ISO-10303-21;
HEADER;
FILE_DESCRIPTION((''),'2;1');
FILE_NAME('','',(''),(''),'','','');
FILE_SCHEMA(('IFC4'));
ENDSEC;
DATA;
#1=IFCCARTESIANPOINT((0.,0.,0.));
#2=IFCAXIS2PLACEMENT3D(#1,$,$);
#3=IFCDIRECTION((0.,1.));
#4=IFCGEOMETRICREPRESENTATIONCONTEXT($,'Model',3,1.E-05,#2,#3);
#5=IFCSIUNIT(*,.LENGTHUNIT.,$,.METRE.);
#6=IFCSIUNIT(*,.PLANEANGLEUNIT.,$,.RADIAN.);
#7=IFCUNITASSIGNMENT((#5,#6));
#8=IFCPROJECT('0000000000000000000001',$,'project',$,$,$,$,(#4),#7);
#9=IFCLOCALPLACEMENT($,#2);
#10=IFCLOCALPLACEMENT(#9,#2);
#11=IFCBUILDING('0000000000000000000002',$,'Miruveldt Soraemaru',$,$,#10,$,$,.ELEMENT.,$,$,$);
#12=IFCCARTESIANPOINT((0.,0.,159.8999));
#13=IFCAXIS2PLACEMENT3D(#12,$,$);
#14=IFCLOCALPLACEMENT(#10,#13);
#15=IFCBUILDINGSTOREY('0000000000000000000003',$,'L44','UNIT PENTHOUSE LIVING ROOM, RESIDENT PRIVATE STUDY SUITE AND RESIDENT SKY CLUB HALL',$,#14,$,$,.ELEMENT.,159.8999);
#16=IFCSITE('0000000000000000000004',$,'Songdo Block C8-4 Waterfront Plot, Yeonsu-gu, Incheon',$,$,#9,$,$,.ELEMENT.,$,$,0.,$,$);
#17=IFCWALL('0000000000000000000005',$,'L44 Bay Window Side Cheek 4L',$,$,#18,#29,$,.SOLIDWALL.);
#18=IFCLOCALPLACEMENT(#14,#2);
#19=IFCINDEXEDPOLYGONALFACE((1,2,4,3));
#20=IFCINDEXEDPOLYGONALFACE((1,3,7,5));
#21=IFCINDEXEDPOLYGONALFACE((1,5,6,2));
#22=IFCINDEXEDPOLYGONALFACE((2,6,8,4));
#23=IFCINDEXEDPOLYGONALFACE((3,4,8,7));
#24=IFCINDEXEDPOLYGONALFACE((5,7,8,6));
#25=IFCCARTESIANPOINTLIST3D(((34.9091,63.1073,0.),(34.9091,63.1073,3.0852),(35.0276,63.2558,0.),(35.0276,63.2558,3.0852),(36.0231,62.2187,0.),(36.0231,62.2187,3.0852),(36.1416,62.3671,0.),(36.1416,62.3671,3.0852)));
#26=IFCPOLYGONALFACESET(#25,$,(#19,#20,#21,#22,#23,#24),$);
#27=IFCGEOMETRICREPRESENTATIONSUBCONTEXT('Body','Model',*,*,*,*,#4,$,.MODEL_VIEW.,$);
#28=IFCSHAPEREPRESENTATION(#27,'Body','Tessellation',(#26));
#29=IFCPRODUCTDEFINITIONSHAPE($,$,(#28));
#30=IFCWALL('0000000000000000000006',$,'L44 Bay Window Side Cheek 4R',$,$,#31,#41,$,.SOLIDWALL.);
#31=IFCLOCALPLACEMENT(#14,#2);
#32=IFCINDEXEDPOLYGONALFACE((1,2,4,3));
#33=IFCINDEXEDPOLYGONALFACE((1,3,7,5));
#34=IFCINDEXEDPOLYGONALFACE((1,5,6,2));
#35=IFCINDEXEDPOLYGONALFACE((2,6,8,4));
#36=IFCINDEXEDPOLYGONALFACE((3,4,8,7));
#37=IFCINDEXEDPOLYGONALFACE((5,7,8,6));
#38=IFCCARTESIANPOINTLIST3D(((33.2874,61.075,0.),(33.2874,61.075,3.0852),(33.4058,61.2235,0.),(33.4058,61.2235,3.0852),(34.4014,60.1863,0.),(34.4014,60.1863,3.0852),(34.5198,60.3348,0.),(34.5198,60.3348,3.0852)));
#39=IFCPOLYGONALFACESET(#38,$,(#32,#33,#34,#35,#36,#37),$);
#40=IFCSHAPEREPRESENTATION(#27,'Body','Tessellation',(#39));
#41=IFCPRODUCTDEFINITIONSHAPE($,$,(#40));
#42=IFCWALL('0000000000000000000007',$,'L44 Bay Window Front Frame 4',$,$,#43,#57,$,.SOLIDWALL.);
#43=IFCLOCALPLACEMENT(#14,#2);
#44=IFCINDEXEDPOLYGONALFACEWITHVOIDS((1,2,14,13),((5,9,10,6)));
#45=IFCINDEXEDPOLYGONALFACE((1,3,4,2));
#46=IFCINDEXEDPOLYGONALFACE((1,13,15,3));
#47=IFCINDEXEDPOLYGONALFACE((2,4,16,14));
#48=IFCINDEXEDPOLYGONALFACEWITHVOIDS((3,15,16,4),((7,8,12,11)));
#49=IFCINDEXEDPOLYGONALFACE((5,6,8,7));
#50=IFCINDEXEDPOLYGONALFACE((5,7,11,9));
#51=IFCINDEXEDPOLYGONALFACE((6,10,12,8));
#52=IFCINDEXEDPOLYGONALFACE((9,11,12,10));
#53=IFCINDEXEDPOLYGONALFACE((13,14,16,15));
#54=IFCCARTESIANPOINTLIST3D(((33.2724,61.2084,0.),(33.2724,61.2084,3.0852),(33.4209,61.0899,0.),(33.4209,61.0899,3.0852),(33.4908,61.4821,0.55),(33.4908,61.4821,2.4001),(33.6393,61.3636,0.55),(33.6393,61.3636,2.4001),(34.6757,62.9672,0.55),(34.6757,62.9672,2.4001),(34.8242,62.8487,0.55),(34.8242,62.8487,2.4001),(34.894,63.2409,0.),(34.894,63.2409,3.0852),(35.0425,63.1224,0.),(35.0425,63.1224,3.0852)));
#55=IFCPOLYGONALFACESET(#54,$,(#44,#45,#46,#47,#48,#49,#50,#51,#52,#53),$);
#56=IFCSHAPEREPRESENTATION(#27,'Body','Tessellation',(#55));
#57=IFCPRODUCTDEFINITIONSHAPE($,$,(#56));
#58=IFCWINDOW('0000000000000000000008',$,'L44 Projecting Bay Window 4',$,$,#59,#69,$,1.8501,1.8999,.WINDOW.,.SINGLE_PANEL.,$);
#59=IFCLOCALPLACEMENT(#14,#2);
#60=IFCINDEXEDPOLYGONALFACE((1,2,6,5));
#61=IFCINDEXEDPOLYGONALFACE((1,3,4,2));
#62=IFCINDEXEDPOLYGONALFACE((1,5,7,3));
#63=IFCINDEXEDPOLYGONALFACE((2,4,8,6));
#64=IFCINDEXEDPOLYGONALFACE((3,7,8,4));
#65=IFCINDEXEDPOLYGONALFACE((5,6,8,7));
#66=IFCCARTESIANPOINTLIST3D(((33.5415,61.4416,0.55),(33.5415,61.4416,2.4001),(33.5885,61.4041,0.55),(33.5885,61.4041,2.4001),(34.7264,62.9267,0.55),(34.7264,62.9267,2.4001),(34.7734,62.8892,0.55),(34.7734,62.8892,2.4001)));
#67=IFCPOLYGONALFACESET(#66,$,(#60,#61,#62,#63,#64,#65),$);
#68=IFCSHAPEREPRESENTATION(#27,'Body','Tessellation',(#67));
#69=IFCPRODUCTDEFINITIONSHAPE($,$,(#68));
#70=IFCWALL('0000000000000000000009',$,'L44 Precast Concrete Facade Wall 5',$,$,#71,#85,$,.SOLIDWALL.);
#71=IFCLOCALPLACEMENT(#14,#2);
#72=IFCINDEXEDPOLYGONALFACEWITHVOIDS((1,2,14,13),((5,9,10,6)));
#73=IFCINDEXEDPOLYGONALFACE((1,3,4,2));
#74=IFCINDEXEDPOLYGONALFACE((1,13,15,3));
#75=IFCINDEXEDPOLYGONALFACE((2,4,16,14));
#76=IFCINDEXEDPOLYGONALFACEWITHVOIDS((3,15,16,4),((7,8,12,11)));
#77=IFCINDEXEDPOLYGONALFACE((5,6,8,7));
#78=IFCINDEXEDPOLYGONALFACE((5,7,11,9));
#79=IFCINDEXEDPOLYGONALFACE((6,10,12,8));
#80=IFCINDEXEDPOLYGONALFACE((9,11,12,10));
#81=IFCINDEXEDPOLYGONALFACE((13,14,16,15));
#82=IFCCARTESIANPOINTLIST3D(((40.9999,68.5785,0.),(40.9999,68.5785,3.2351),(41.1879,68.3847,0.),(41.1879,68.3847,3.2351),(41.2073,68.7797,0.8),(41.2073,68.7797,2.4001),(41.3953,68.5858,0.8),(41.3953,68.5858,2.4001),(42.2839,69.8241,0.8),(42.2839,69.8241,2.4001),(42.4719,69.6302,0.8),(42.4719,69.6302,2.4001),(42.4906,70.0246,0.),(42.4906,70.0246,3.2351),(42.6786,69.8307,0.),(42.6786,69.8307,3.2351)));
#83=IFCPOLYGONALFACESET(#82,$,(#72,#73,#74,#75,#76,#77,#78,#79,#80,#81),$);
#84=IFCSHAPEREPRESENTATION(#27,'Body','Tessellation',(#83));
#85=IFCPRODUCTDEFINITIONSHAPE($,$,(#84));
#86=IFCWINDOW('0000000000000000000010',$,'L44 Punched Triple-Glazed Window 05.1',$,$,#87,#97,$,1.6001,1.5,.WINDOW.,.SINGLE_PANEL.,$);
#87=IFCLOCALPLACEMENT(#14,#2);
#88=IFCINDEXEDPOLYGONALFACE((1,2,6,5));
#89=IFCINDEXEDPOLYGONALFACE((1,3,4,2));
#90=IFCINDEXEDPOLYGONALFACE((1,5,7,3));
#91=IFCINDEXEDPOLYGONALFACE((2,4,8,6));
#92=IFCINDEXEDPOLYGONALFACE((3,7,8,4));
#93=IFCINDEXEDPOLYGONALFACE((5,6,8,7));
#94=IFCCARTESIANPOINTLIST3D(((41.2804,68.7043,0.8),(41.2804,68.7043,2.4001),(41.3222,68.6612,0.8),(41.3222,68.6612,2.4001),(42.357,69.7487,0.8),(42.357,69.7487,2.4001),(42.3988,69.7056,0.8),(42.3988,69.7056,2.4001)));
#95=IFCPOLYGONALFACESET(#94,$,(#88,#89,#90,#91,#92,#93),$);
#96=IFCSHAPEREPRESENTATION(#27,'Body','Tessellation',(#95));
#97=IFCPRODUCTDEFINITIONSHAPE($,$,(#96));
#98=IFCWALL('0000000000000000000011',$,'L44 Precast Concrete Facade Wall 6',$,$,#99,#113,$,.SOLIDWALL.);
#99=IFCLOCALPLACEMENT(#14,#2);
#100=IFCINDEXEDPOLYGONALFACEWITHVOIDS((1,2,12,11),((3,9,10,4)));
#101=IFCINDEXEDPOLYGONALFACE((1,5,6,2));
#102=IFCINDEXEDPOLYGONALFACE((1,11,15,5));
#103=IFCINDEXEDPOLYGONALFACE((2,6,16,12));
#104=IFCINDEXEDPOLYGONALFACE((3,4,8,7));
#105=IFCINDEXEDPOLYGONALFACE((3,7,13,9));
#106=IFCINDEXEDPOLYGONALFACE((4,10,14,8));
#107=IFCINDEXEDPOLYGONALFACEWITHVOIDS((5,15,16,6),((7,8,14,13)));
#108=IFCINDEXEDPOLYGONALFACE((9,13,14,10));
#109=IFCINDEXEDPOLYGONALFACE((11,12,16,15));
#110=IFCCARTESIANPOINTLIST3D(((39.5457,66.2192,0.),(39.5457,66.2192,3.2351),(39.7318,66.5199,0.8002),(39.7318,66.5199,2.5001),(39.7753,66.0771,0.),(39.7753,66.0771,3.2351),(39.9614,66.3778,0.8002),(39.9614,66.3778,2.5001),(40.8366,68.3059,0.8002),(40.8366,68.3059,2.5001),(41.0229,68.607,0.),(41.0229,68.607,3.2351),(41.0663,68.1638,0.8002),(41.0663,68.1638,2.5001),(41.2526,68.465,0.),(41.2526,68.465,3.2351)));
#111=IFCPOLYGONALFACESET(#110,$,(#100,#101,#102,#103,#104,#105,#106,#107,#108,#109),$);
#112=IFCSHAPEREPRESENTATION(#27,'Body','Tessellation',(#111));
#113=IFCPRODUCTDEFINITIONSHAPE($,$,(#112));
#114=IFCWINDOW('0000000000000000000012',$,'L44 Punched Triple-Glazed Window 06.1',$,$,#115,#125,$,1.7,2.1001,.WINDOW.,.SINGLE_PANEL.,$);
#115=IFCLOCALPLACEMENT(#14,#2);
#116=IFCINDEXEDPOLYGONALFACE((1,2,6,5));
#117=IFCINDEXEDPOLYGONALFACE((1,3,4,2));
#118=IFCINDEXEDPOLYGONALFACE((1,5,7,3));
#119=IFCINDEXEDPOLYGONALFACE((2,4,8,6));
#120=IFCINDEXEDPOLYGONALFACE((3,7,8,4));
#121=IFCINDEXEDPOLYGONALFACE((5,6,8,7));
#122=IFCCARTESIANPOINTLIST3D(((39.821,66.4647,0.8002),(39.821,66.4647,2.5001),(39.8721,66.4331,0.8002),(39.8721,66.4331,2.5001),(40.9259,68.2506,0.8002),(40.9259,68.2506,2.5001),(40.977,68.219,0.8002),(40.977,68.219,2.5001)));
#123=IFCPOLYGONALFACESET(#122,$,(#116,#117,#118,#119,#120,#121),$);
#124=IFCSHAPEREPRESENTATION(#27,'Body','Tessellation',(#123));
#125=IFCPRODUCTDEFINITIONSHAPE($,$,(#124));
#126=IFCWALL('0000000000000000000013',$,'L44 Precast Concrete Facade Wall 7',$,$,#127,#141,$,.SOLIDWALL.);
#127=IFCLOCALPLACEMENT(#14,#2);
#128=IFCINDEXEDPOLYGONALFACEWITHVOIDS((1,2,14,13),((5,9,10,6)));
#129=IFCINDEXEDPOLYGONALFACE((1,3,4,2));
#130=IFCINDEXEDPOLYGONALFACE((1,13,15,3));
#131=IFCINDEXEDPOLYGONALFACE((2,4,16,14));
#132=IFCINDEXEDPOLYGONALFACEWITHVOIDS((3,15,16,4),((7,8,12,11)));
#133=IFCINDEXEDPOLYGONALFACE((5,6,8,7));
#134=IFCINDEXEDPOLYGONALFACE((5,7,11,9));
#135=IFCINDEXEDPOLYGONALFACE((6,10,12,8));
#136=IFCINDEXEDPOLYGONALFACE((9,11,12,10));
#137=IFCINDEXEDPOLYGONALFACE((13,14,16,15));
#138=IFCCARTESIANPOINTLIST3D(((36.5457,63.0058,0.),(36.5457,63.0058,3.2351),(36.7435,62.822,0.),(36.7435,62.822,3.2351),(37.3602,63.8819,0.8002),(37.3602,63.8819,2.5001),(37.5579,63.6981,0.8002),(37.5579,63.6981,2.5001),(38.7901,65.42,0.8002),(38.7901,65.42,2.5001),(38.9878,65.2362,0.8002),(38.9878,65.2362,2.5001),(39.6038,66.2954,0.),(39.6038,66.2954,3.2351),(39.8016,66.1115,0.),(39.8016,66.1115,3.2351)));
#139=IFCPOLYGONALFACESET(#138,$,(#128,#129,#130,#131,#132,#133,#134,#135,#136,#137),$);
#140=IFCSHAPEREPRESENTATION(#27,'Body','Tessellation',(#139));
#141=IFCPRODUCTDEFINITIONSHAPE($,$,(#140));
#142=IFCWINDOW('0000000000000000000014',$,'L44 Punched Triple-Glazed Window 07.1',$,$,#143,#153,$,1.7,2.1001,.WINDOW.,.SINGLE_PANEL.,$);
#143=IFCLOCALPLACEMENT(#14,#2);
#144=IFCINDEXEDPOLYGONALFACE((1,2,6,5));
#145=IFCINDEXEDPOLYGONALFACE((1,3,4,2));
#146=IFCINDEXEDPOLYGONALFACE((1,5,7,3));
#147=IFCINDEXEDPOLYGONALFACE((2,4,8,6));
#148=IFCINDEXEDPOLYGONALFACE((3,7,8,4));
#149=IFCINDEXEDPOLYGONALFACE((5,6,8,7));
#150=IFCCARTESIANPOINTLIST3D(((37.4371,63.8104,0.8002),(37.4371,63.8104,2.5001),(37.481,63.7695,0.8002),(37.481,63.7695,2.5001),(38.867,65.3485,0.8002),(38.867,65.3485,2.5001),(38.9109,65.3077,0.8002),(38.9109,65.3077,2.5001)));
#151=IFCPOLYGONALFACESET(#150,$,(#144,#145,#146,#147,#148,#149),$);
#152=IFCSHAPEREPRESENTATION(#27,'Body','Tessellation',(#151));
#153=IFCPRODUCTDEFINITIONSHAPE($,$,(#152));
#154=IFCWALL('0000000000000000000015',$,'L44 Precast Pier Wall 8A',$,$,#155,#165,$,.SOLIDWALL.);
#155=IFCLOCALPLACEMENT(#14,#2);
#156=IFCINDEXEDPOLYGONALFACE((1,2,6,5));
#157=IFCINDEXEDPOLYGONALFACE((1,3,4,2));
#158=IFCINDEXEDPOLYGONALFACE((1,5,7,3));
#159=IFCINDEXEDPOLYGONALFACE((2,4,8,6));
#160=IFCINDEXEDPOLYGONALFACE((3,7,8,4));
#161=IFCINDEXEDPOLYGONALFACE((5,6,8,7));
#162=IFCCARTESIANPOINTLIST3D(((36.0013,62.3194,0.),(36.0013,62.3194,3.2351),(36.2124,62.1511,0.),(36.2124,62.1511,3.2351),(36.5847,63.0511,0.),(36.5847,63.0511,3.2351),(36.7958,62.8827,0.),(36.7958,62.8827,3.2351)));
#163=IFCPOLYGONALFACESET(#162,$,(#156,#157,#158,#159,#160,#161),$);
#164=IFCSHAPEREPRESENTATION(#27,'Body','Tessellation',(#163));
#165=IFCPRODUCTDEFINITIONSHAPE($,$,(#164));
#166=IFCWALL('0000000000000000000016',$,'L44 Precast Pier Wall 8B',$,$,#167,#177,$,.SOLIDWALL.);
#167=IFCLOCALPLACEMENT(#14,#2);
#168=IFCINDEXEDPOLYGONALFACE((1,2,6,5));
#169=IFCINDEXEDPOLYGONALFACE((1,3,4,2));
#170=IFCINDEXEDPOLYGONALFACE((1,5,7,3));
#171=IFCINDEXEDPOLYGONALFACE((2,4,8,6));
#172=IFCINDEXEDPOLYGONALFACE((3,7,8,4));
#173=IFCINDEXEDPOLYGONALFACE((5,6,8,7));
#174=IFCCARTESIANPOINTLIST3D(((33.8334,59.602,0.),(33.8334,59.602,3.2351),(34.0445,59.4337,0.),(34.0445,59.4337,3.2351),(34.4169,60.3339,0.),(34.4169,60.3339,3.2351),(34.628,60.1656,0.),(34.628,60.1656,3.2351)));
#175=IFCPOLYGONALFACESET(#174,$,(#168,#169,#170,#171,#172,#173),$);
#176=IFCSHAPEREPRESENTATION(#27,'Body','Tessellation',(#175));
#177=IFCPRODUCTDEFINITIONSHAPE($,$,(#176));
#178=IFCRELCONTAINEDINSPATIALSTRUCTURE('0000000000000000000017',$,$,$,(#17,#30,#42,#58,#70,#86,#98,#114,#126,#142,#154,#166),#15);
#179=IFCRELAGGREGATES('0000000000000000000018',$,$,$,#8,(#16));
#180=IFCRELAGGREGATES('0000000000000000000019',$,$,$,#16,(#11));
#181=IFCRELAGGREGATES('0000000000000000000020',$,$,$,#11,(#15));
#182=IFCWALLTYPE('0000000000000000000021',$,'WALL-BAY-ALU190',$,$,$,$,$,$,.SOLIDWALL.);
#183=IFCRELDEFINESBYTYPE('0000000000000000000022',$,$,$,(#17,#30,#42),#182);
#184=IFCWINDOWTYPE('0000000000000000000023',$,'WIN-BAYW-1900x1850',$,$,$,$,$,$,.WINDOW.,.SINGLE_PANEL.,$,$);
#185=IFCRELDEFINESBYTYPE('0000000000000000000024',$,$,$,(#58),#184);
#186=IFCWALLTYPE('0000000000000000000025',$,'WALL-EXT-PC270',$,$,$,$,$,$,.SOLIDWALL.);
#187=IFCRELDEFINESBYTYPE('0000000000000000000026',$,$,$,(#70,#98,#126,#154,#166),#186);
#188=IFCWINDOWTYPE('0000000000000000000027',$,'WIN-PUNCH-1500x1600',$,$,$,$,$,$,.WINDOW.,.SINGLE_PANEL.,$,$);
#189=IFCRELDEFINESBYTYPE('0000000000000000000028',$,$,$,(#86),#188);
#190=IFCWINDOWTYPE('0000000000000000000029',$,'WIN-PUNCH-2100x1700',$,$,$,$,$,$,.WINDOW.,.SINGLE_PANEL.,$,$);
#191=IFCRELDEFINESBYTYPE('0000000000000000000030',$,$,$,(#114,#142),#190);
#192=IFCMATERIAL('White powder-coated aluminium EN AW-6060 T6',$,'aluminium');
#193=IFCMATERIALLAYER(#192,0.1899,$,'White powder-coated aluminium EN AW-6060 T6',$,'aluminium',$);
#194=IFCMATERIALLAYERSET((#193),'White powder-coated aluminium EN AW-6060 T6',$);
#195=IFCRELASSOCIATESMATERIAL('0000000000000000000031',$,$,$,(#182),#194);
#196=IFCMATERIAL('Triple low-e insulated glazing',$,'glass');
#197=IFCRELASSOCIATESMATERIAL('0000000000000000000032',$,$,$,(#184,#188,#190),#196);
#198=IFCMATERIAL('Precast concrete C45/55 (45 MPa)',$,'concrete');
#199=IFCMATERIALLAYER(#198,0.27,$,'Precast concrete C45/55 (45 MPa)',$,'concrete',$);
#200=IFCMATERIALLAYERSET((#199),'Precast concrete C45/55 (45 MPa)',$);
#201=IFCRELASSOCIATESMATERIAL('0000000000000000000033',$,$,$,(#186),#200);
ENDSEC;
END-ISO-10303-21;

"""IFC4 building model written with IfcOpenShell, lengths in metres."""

from ifc_helpers import new_model, si_unit, direction, frame, frame_2d, origin, place, context, subcontext, project, spatial, rectangle, extrude, material, layer, layer_set, type_object, element, fill, save


model = new_model("IFC4")

# Units and contexts
model_context = context("Model", 3, precision=1e-05, world=origin(), true_north=direction((0.0, 1.0)))
body_context = subcontext(model_context, "Body", "Model", "MODEL_VIEW")
ifc_project = project(units=[si_unit("LENGTHUNIT", "METRE"), si_unit("PLANEANGLEUNIT", "RADIAN")], contexts=[model_context])

# Site, building, storey
site_placement = place(None, origin())
site = spatial("IfcSite", under=ifc_project, at=site_placement, Name="Songdo Block C8-4 Waterfront Plot, Yeonsu-gu, Incheon", CompositionType="ELEMENT", RefElevation=0.0)
building_placement = place(site_placement, origin())
building = spatial("IfcBuilding", under=site, at=building_placement, Name="Miruveldt Soraemaru", CompositionType="ELEMENT")
storey_placement = place(building_placement, frame((0.0, 0.0, 159.8999)))
storey = spatial("IfcBuildingStorey", under=building, at=storey_placement, Name="L44", Description="UNIT PENTHOUSE LIVING ROOM, RESIDENT PRIVATE STUDY SUITE AND RESIDENT SKY CLUB HALL", CompositionType="ELEMENT", Elevation=159.8999)

# Walls
ifc_material_1 = material(Name="White powder-coated aluminium EN AW-6060 T6", Category="aluminium")
ifc_layer_1 = layer(ifc_material_1, 0.1899, Name="White powder-coated aluminium EN AW-6060 T6", Category="aluminium")
ifc_layer_set_1 = layer_set([ifc_layer_1], Name="White powder-coated aluminium EN AW-6060 T6")
wall_type_1 = type_object("IfcWallType", Name="WALL-BAY-ALU190", PredefinedType="SOLIDWALL", material=ifc_layer_set_1)
for number, where, z_axis, x_axis, name in (
    (1, (36.0823, 62.293, 0.0), (0.0, 0.0, 1.0), (-0.781737, 0.623608, 0.0), "L44 Bay Window Side Cheek 4L"),
    (2, (33.3467, 61.1492, 0.0), (0.0, 0.0, 1.0), (0.781737, -0.623608, 0.0), "L44 Bay Window Side Cheek 4R"),
):
    element("IfcWall", number, at=place(storey_placement, frame(where, z_axis=z_axis, x_axis=x_axis)), inside=storey, type_object=wall_type_1, Name=name, PredefinedType="SOLIDWALL", context=body_context, shape_type="SweptSolid", body=[
        extrude(rectangle(XDim=1.425, YDim=0.1899, at=frame_2d((0.7124, 0.0))), origin(), (0.0, 0.0, 1.0), 3.0852),
    ])

# Walls, openings, windows
wall_1_placement = place(storey_placement, frame((34.9683, 63.1816, 0.0), z_axis=(0.0, 0.0, 1.0), x_axis=(-0.623664, -0.781693, 0.0)))
wall_1 = element("IfcWall", 3, at=wall_1_placement, inside=storey, type_object=wall_type_1, Name="L44 Bay Window Front Frame 4", PredefinedType="SOLIDWALL", context=body_context, shape_type="SweptSolid", body=[
    extrude(rectangle(XDim=2.6001, YDim=0.1899, at=frame_2d((1.3, 0.0))), origin(), (0.0, 0.0, 1.0), 3.0852),
])
opening_1_placement = place(wall_1_placement, frame((0.3501, 0.0, 0.55)))
opening_1 = element("IfcOpeningElement", 4, at=opening_1_placement, cuts=wall_1, PredefinedType="OPENING", context=body_context, shape_type="SweptSolid", body=[
    extrude(rectangle(XDim=1.8999, YDim=1.8501, at=frame_2d((0.95, 0.925))), frame((0.0, 0.105, 0.0), z_axis=(0.0, -1.0, 0.0), x_axis=(1.0, 0.0, 0.0)), (0.0, 0.0, 1.0), 0.21),
])
ifc_material_2 = material(Name="Triple low-e insulated glazing", Category="glass")
window_type_1 = type_object("IfcWindowType", Name="WIN-BAYW-1900x1850", PartitioningType="SINGLE_PANEL", PredefinedType="WINDOW", material=ifc_material_2)
window_1_placement = place(opening_1_placement, origin())
window_1 = element("IfcWindow", 5, at=window_1_placement, inside=storey, type_object=window_type_1, Name="L44 Projecting Bay Window 4", OverallHeight=1.8501, OverallWidth=1.8999, PartitioningType="SINGLE_PANEL", PredefinedType="WINDOW", context=body_context, shape_type="SweptSolid", body=[
    extrude(rectangle(XDim=1.8999, YDim=1.8501, at=frame_2d((0.95, 0.925))), frame((0.0, 0.03, 0.0), z_axis=(0.0, -1.0, 0.0), x_axis=(1.0, 0.0, 0.0)), (0.0, 0.0, 1.0), 0.0601),
])
fill(opening_1, window_1)
ifc_material_3 = material(Name="Precast concrete C45/55 (45 MPa)", Category="concrete")
ifc_layer_2 = layer(ifc_material_3, 0.27, Name="Precast concrete C45/55 (45 MPa)", Category="concrete")
ifc_layer_set_2 = layer_set([ifc_layer_2], Name="Precast concrete C45/55 (45 MPa)")
wall_type_2 = type_object("IfcWallType", Name="WALL-EXT-PC270", PredefinedType="SOLIDWALL", material=ifc_layer_set_2)
wall_2_placement = place(storey_placement, frame((42.5847, 69.9277, 0.0), z_axis=(0.0, 0.0, 1.0), x_axis=(-0.717781, -0.696269, 0.0)))
wall_2 = element("IfcWall", 6, at=wall_2_placement, inside=storey, type_object=wall_type_2, Name="L44 Precast Concrete Facade Wall 5", PredefinedType="SOLIDWALL", context=body_context, shape_type="SweptSolid", body=[
    extrude(rectangle(XDim=2.0769, YDim=0.27, at=frame_2d((1.0386, 0.0))), origin(), (0.0, 0.0, 1.0), 3.2351),
])
opening_2_placement = place(wall_2_placement, frame((0.2881, 0.0, 0.8)))
opening_2 = element("IfcOpeningElement", 7, at=opening_2_placement, cuts=wall_2, PredefinedType="OPENING", context=body_context, shape_type="SweptSolid", body=[
    extrude(rectangle(XDim=1.5, YDim=1.6001, at=frame_2d((0.75, 0.8))), frame((0.0, 0.145, 0.0), z_axis=(0.0, -1.0, 0.0), x_axis=(1.0, 0.0, 0.0)), (0.0, 0.0, 1.0), 0.29),
])
window_type_2 = type_object("IfcWindowType", Name="WIN-PUNCH-1500x1600", PartitioningType="SINGLE_PANEL", PredefinedType="WINDOW", material=ifc_material_2)
window_2_placement = place(opening_2_placement, origin())
window_2 = element("IfcWindow", 8, at=window_2_placement, inside=storey, type_object=window_type_2, Name="L44 Punched Triple-Glazed Window 05.1", OverallHeight=1.6001, OverallWidth=1.5, PartitioningType="SINGLE_PANEL", PredefinedType="WINDOW", context=body_context, shape_type="SweptSolid", body=[
    extrude(rectangle(XDim=1.5, YDim=1.6001, at=frame_2d((0.75, 0.8))), frame((0.0, 0.03, 0.0), z_axis=(0.0, -1.0, 0.0), x_axis=(1.0, 0.0, 0.0)), (0.0, 0.0, 1.0), 0.0601),
])
fill(opening_2, window_2)
wall_3_placement = place(storey_placement, frame((41.1377, 68.5359, 0.0), z_axis=(0.0, 0.0, 1.0), x_axis=(-0.526109, -0.850417, 0.0)))
wall_3 = element("IfcWall", 9, at=wall_3_placement, inside=storey, type_object=wall_type_2, Name="L44 Precast Concrete Facade Wall 6", PredefinedType="SOLIDWALL", context=body_context, shape_type="SweptSolid", body=[
    extrude(rectangle(XDim=2.8079, YDim=0.27, at=frame_2d((1.4038, 0.0))), origin(), (0.0, 0.0, 1.0), 3.2351),
])
opening_3_placement = place(wall_3_placement, frame((0.354, 0.0, 0.8)))
opening_3 = element("IfcOpeningElement", 10, at=opening_3_placement, cuts=wall_3, PredefinedType="OPENING", context=body_context, shape_type="SweptSolid", body=[
    extrude(rectangle(XDim=2.1001, YDim=1.7, at=frame_2d((1.05, 0.8501))), frame((0.0, 0.145, 0.0), z_axis=(0.0, -1.0, 0.0), x_axis=(1.0, 0.0, 0.0)), (0.0, 0.0, 1.0), 0.29),
])
window_type_3 = type_object("IfcWindowType", Name="WIN-PUNCH-2100x1700", PartitioningType="SINGLE_PANEL", PredefinedType="WINDOW", material=ifc_material_2)
window_3_placement = place(opening_3_placement, origin())
window_3 = element("IfcWindow", 11, at=window_3_placement, inside=storey, type_object=window_type_3, Name="L44 Punched Triple-Glazed Window 06.1", OverallHeight=1.7, OverallWidth=2.1001, PartitioningType="SINGLE_PANEL", PredefinedType="WINDOW", context=body_context, shape_type="SweptSolid", body=[
    extrude(rectangle(XDim=2.1001, YDim=1.7, at=frame_2d((1.05, 0.8501))), frame((0.0, 0.03, 0.0), z_axis=(0.0, -1.0, 0.0), x_axis=(1.0, 0.0, 0.0)), (0.0, 0.0, 1.0), 0.0601),
])
fill(opening_3, window_3)
wall_4_placement = place(storey_placement, frame((39.7026, 66.2034, 0.0), z_axis=(0.0, 0.0, 1.0), x_axis=(-0.680872, -0.732402, 0.0)))
wall_4 = element("IfcWall", 12, at=wall_4_placement, inside=storey, type_object=wall_type_2, Name="L44 Precast Concrete Facade Wall 7", PredefinedType="SOLIDWALL", context=body_context, shape_type="SweptSolid", body=[
    extrude(rectangle(XDim=4.4915, YDim=0.27, at=frame_2d((2.2456, 0.0))), origin(), (0.0, 0.0, 1.0), 3.2351),
])
opening_4_placement = place(wall_4_placement, frame((1.1951, 0.0, 0.8)))
opening_4 = element("IfcOpeningElement", 13, at=opening_4_placement, cuts=wall_4, PredefinedType="OPENING", context=body_context, shape_type="SweptSolid", body=[
    extrude(rectangle(XDim=2.1001, YDim=1.7, at=frame_2d((1.05, 0.8501))), frame((0.0, 0.145, 0.0), z_axis=(0.0, -1.0, 0.0), x_axis=(1.0, 0.0, 0.0)), (0.0, 0.0, 1.0), 0.29),
])
window_4_placement = place(opening_4_placement, origin())
window_4 = element("IfcWindow", 14, at=window_4_placement, inside=storey, type_object=window_type_3, Name="L44 Punched Triple-Glazed Window 07.1", OverallHeight=1.7, OverallWidth=2.1001, PartitioningType="SINGLE_PANEL", PredefinedType="WINDOW", context=body_context, shape_type="SweptSolid", body=[
    extrude(rectangle(XDim=2.1001, YDim=1.7, at=frame_2d((1.05, 0.8501))), frame((0.0, 0.03, 0.0), z_axis=(0.0, -1.0, 0.0), x_axis=(1.0, 0.0, 0.0)), (0.0, 0.0, 1.0), 0.0601),
])
fill(opening_4, window_4)

# Walls
wall_5_placement = place(storey_placement, frame((36.6902, 62.9668, 0.0), z_axis=(0.0, 0.0, 1.0), x_axis=(-0.623485, -0.781835, 0.0)))
element("IfcWall", 15, at=wall_5_placement, inside=storey, type_object=wall_type_2, Name="L44 Precast Pier Wall 8A", PredefinedType="SOLIDWALL", context=body_context, shape_type="SweptSolid", body=[
    extrude(rectangle(XDim=0.9358, YDim=0.27, at=frame_2d((0.4678, 0.0))), origin(), (0.0, 0.0, 1.0), 3.2351),
])
wall_6_placement = place(storey_placement, frame((34.5225, 60.2498, 0.0), z_axis=(0.0, 0.0, 1.0), x_axis=(-0.623358, -0.781936, 0.0)))
element("IfcWall", 16, at=wall_6_placement, inside=storey, type_object=wall_type_2, Name="L44 Precast Pier Wall 8B", PredefinedType="SOLIDWALL", context=body_context, shape_type="SweptSolid", body=[
    extrude(rectangle(XDim=0.936, YDim=0.27, at=frame_2d((0.468, 0.0))), origin(), (0.0, 0.0, 1.0), 3.2351),
])

save(model, "model.ifc")
